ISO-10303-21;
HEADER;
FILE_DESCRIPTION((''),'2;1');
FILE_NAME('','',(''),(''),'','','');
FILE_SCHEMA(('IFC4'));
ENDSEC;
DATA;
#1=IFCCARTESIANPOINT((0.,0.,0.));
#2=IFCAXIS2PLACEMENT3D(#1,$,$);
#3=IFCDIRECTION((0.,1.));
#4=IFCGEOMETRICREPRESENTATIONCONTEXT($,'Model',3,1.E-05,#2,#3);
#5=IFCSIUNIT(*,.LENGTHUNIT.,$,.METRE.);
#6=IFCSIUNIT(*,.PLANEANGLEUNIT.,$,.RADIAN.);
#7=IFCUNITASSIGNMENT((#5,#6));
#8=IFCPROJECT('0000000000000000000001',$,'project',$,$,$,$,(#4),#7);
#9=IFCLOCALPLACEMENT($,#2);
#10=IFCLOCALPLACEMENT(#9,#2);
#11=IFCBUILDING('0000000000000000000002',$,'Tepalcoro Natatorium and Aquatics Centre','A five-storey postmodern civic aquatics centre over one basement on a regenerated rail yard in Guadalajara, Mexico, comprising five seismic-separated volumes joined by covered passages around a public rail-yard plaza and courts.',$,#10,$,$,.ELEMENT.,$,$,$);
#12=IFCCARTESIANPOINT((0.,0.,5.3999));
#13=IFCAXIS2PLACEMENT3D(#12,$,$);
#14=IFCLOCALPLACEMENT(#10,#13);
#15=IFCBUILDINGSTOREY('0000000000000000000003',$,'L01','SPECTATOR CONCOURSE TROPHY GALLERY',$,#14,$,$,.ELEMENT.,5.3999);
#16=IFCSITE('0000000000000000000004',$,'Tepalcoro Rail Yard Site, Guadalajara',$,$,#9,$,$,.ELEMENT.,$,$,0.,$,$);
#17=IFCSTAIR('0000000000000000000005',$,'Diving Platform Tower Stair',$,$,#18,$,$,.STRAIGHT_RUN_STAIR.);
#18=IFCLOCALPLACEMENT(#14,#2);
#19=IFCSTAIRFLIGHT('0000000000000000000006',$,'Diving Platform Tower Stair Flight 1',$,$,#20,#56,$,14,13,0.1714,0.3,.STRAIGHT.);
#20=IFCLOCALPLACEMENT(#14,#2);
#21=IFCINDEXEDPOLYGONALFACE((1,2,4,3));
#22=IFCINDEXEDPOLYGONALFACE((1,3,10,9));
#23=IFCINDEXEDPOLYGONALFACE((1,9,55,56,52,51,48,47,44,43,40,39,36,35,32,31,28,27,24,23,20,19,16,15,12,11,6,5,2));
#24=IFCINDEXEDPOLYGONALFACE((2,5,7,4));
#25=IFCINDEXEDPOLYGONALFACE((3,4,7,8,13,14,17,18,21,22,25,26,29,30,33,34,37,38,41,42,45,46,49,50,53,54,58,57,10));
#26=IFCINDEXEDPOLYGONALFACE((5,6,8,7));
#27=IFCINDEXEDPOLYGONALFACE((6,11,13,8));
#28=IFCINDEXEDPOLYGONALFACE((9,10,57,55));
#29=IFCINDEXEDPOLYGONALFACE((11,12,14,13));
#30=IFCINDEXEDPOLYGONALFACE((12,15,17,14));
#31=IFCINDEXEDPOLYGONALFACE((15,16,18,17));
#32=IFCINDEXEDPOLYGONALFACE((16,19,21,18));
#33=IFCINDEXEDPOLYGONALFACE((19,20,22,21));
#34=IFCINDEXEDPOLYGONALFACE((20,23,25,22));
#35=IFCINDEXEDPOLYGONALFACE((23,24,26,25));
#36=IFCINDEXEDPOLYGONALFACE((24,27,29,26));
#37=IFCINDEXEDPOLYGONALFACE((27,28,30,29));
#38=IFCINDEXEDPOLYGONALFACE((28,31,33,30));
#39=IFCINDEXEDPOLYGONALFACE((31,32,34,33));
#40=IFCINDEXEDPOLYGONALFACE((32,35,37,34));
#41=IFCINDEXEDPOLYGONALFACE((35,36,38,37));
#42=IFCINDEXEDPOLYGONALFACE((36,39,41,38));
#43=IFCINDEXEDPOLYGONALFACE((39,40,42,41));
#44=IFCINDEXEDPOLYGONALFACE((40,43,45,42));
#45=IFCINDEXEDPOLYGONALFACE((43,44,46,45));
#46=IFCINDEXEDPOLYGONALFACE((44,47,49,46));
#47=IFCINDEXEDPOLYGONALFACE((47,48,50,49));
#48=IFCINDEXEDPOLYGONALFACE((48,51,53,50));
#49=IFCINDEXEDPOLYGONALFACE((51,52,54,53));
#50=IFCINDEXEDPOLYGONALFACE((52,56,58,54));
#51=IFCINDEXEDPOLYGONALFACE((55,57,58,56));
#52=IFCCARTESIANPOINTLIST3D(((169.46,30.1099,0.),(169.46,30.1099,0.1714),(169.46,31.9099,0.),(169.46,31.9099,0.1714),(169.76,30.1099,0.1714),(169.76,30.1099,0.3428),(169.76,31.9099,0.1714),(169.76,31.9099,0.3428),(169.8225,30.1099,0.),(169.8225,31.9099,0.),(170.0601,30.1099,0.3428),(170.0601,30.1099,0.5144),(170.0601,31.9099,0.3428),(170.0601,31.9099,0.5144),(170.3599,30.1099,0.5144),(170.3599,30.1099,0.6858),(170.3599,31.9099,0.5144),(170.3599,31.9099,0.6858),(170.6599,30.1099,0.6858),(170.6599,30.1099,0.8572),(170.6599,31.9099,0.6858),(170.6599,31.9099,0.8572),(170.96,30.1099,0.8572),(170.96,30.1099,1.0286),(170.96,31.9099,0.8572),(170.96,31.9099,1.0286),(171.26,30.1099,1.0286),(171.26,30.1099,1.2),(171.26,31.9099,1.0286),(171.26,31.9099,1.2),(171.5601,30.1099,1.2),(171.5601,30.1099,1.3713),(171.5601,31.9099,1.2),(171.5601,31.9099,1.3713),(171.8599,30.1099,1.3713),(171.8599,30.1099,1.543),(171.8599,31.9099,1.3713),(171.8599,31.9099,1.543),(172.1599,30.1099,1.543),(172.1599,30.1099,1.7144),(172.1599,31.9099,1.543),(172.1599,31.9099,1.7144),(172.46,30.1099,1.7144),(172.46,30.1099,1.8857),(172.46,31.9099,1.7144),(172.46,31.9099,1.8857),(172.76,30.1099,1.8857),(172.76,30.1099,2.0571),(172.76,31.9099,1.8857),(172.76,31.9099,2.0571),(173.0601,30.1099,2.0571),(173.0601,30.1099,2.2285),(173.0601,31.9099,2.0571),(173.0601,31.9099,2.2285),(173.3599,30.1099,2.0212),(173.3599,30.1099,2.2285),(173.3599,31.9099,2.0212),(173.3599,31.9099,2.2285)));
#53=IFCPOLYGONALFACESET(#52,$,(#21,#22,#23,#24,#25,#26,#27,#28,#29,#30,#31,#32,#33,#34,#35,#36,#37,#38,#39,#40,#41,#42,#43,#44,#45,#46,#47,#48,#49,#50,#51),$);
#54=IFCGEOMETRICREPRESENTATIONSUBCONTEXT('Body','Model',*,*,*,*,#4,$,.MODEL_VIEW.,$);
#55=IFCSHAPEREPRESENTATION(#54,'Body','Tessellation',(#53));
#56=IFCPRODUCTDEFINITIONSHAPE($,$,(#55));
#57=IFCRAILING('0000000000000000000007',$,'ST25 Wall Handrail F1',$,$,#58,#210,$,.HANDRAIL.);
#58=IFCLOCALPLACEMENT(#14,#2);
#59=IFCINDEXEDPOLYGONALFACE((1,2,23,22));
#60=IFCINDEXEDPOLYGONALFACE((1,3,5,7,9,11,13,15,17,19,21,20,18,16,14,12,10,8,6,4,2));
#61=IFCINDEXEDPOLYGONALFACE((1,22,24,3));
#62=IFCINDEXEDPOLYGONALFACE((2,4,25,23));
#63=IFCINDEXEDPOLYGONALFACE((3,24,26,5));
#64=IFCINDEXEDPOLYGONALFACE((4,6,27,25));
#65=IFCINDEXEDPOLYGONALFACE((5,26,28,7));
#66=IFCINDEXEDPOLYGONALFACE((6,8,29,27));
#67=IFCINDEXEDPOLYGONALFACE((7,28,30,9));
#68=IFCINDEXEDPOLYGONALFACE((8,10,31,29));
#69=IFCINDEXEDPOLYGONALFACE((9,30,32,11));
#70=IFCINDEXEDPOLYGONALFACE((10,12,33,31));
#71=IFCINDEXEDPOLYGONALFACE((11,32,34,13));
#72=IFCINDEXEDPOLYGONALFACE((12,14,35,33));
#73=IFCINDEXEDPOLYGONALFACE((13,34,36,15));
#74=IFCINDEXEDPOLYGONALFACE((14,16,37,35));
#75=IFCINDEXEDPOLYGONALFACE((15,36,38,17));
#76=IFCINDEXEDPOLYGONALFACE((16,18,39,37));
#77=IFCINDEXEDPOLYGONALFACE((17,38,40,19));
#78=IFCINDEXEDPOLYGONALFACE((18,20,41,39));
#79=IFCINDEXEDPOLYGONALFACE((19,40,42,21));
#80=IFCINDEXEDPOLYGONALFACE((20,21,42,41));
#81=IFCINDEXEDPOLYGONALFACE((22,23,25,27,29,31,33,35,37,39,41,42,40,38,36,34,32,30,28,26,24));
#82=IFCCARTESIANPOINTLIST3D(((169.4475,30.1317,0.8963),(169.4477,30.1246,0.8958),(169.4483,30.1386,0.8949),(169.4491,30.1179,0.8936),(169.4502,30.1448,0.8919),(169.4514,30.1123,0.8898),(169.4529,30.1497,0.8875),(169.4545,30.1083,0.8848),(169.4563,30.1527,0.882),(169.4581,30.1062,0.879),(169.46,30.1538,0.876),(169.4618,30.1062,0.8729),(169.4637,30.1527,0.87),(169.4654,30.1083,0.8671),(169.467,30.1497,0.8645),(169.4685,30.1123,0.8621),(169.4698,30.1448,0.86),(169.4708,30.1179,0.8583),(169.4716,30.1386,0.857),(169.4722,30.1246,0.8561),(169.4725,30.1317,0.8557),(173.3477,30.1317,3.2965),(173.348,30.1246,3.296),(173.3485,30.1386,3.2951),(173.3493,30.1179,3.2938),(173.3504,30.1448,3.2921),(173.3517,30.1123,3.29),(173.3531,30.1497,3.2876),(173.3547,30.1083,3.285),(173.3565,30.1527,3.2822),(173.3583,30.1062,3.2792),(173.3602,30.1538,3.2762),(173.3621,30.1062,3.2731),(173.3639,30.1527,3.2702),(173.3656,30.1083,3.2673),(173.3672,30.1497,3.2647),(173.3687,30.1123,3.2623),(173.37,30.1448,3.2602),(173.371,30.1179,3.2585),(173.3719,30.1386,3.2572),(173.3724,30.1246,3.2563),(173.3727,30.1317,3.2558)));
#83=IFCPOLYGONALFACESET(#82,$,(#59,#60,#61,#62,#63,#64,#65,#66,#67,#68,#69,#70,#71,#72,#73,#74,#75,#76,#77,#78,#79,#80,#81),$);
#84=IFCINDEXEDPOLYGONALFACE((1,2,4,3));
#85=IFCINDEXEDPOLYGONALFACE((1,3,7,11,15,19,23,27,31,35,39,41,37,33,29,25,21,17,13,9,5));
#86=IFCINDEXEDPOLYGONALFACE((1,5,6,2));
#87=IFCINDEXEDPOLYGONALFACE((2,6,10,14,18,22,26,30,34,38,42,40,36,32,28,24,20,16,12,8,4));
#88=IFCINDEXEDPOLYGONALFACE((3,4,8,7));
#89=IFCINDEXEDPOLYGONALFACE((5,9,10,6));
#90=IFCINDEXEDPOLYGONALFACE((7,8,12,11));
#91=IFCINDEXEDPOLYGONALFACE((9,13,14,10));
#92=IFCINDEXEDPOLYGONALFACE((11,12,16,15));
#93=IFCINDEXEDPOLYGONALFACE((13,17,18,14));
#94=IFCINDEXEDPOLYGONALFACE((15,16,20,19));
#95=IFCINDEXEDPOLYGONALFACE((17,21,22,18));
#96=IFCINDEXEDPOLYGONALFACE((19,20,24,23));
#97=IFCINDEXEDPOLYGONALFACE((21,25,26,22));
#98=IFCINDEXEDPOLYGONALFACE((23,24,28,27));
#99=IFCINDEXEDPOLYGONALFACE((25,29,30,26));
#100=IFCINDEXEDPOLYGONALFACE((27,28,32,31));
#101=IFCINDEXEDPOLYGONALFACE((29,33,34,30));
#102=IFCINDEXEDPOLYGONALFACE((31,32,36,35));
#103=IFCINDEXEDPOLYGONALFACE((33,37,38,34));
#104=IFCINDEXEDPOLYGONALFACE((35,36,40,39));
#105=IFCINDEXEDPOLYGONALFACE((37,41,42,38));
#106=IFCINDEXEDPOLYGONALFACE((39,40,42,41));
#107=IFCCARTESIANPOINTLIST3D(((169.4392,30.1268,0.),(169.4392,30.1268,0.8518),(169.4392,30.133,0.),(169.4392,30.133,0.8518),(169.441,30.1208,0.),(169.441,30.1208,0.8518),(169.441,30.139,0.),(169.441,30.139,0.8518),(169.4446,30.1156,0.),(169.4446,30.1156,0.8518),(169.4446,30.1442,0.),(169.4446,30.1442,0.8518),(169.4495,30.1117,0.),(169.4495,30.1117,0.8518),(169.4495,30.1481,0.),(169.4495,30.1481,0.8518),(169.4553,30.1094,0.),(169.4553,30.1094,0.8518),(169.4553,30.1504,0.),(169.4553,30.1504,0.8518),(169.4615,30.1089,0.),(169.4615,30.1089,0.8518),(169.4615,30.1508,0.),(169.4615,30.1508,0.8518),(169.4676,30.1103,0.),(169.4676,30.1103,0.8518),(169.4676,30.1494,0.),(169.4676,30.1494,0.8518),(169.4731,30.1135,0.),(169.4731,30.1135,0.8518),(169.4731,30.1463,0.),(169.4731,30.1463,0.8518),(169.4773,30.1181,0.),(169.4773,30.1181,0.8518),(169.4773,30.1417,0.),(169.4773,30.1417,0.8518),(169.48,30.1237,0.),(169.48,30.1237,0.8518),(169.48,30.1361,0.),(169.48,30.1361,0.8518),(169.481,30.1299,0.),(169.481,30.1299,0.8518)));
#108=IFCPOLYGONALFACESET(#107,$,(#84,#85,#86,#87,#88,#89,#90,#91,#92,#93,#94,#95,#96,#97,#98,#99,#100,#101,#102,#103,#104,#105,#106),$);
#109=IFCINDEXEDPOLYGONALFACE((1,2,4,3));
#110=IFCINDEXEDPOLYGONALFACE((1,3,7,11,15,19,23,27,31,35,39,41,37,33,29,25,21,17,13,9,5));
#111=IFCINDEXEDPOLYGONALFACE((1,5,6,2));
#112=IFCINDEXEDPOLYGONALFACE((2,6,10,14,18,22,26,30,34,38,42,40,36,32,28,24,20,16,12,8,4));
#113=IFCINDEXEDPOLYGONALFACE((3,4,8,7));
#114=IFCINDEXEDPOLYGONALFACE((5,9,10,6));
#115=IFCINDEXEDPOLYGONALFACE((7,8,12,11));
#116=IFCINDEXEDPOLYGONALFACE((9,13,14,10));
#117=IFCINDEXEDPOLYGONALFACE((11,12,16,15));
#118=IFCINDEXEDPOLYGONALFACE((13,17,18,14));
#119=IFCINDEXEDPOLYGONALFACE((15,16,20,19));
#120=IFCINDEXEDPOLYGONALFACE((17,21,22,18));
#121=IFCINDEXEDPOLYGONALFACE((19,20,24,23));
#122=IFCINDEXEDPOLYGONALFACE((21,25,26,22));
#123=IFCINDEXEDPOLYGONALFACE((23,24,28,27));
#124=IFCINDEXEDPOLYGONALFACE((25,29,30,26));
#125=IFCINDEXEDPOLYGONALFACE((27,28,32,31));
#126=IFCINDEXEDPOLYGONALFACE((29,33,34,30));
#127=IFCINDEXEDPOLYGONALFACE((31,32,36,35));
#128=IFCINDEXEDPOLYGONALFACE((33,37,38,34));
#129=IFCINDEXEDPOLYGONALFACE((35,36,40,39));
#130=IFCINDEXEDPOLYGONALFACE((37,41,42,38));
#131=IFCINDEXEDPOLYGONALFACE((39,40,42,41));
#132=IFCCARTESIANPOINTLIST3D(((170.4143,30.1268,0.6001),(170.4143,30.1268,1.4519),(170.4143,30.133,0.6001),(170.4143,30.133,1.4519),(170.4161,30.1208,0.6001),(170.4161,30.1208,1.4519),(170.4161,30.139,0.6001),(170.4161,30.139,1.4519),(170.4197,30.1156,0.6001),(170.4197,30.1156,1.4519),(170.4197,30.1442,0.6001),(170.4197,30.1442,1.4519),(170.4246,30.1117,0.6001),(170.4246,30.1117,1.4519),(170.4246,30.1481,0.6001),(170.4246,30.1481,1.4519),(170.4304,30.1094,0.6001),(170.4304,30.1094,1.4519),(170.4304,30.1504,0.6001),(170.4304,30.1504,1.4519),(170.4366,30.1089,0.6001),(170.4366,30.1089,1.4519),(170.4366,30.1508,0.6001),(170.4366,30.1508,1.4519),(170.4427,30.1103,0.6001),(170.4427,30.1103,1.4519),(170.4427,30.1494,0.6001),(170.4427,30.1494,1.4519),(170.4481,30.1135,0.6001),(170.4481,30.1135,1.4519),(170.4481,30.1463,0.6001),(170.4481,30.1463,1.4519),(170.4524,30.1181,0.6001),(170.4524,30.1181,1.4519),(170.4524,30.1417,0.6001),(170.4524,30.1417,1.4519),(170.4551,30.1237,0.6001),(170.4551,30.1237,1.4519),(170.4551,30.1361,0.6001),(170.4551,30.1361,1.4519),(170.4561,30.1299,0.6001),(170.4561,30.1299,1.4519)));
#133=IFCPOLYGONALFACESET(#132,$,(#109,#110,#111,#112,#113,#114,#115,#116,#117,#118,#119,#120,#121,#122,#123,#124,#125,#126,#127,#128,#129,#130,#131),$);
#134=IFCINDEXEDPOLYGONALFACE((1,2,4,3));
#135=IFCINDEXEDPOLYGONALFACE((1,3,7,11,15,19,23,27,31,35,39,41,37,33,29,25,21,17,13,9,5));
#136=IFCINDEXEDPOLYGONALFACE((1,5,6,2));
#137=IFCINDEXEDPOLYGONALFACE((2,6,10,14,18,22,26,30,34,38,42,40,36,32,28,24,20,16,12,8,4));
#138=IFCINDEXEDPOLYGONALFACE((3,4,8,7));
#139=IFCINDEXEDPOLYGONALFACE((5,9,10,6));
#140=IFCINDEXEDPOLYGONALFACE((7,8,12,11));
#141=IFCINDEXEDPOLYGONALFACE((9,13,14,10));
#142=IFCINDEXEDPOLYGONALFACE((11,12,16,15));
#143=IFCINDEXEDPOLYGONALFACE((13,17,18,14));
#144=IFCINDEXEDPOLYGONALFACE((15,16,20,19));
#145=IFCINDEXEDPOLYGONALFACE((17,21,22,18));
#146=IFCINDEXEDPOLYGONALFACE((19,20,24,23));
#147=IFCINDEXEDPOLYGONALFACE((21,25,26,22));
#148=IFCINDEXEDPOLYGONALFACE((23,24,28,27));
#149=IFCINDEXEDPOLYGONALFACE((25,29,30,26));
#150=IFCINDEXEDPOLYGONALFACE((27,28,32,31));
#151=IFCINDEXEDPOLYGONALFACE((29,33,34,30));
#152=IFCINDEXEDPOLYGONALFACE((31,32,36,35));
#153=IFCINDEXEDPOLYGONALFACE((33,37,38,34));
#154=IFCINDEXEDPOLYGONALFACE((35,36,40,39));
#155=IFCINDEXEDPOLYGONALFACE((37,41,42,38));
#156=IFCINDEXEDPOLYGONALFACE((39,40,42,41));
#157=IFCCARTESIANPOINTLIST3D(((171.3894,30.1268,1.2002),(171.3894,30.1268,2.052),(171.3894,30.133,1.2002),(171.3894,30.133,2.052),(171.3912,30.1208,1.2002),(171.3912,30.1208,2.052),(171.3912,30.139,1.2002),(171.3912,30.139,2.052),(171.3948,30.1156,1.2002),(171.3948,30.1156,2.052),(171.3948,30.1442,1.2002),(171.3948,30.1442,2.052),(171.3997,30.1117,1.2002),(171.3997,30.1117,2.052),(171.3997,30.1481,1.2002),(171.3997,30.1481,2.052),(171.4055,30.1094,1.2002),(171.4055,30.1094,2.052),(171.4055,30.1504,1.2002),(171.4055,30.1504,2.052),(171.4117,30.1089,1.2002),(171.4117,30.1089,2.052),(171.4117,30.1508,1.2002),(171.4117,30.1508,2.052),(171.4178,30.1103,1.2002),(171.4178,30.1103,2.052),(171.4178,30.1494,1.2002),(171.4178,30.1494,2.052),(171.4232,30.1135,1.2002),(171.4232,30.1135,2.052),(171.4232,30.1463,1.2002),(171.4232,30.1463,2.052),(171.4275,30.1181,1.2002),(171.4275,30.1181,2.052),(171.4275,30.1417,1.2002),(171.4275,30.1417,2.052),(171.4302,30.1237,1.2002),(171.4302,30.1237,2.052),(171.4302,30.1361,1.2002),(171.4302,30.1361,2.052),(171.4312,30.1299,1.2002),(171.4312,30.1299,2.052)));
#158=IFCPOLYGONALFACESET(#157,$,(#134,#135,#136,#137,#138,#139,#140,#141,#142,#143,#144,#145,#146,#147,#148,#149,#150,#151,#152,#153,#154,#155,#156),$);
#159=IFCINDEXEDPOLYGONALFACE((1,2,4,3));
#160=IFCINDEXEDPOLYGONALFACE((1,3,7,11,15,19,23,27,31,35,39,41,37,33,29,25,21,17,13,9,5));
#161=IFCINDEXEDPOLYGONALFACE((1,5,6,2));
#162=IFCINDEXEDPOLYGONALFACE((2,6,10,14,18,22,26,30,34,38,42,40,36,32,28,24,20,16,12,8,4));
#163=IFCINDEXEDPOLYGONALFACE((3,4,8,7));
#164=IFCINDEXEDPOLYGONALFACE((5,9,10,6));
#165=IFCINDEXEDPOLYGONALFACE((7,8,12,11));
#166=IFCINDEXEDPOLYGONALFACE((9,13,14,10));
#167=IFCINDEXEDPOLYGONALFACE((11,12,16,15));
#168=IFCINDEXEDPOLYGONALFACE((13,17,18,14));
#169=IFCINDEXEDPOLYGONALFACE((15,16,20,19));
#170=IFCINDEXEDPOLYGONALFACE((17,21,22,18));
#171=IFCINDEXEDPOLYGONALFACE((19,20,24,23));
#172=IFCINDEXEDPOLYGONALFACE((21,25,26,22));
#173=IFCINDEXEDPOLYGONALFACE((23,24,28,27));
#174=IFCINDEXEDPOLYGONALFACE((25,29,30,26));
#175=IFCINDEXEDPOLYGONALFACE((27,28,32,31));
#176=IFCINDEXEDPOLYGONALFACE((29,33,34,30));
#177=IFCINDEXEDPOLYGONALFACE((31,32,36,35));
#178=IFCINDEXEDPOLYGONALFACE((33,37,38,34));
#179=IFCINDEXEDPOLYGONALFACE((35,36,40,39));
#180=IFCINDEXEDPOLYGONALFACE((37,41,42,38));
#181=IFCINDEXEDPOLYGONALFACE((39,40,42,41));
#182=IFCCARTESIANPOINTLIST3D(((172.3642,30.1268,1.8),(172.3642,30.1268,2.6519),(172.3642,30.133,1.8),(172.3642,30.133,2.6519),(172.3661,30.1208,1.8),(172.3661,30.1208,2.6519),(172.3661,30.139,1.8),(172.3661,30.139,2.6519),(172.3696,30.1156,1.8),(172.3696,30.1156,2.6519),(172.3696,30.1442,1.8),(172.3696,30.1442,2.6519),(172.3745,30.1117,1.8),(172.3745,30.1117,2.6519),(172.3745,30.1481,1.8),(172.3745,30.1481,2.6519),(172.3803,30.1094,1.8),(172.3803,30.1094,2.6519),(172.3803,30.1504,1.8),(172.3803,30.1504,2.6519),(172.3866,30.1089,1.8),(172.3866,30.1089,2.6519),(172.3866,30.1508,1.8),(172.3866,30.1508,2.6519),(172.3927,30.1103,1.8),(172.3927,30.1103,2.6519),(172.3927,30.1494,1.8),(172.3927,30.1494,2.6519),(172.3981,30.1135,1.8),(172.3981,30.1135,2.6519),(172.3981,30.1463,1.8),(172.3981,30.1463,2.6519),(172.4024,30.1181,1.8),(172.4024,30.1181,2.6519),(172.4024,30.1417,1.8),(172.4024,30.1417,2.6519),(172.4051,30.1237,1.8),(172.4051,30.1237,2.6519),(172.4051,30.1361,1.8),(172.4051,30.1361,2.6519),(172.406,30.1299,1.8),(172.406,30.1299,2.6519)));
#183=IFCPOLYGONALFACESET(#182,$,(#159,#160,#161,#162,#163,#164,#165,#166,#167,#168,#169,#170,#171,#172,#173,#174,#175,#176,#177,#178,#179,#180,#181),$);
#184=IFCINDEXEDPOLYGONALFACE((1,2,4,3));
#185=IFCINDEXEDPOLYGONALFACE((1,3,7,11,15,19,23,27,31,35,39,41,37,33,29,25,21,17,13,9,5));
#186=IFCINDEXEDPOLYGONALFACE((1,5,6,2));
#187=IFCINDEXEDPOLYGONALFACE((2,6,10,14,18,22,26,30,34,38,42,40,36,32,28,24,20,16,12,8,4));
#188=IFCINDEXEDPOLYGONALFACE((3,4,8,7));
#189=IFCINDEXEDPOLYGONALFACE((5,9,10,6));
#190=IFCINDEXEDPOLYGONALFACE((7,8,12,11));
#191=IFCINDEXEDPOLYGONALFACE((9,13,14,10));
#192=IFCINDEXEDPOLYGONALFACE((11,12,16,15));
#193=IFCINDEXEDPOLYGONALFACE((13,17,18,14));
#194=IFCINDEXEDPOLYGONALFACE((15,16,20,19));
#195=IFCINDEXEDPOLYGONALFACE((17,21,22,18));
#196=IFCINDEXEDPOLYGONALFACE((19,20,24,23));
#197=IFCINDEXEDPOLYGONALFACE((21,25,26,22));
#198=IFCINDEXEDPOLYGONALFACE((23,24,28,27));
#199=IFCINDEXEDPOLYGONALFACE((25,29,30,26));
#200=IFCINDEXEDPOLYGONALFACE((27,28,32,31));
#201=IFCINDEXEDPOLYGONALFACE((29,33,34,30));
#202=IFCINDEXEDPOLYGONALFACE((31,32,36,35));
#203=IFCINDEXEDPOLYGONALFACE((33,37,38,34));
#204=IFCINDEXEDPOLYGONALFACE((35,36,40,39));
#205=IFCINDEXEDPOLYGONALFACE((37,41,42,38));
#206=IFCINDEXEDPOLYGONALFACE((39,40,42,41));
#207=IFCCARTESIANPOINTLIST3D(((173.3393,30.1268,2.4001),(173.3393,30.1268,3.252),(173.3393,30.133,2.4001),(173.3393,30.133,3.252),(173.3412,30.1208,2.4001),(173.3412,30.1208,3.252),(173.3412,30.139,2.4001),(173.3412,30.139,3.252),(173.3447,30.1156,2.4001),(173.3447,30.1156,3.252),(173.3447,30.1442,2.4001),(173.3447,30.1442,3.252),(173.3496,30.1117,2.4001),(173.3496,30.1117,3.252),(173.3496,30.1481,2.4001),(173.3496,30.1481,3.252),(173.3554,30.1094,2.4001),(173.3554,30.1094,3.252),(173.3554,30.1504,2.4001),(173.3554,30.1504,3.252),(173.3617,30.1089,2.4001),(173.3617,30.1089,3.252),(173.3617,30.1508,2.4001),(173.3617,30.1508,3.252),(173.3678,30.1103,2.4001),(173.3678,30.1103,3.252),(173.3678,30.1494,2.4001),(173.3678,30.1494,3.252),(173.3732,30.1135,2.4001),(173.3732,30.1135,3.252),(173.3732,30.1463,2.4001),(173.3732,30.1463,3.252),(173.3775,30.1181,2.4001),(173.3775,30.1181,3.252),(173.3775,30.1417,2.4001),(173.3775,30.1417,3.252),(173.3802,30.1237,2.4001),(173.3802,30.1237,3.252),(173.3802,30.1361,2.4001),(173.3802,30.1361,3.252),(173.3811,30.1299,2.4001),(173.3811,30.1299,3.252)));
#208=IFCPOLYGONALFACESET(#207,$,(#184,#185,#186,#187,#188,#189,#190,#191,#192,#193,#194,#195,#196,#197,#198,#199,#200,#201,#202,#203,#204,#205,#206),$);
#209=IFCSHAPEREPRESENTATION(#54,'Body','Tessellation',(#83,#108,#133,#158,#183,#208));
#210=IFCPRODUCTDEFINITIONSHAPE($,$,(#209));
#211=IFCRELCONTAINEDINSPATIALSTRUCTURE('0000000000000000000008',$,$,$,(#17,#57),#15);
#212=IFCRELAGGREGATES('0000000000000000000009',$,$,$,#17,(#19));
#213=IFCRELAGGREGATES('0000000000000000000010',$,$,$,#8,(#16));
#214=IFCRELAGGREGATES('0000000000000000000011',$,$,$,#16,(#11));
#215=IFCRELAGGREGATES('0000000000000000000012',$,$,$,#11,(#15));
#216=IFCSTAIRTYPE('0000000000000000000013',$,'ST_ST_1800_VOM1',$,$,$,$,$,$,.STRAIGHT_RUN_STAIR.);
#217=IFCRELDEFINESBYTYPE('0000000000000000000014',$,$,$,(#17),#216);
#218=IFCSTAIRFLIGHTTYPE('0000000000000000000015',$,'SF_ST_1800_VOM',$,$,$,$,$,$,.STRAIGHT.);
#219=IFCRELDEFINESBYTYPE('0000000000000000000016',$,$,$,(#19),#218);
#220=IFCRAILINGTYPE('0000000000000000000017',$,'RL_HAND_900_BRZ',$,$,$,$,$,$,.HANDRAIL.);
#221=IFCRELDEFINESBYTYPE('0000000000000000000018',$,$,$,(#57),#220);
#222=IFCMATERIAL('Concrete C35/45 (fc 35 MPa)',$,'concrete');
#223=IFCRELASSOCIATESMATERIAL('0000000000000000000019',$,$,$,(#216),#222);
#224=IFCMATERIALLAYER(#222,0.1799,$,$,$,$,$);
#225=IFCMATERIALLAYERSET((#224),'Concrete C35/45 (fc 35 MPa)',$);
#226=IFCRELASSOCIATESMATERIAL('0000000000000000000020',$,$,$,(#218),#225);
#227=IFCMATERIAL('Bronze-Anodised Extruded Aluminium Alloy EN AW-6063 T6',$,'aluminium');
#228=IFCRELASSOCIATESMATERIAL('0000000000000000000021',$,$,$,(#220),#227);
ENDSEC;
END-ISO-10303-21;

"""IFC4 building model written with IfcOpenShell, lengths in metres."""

from ifc_helpers import new_model, si_unit, direction, frame, origin, origin_2d, place, context, subcontext, project, spatial, polyline, circle, outline, extrude, material, layer, layer_set, type_object, element, aggregate, save


model = new_model("IFC4")

# Units and contexts
model_context = context("Model", 3, precision=1e-05, world=origin(), true_north=direction((0.0, 1.0)))
body_context = subcontext(model_context, "Body", "Model", "MODEL_VIEW")
ifc_project = project(units=[si_unit("LENGTHUNIT", "METRE"), si_unit("PLANEANGLEUNIT", "RADIAN")], contexts=[model_context])

# Site, building, storey
site_placement = place(None, origin())
site = spatial("IfcSite", under=ifc_project, at=site_placement, Name="Tepalcoro Rail Yard Site, Guadalajara", CompositionType="ELEMENT", RefElevation=0.0)
building_placement = place(site_placement, origin())
building = spatial("IfcBuilding", under=site, at=building_placement, Name="Tepalcoro Natatorium and Aquatics Centre", Description="A five-storey postmodern civic aquatics centre over one basement on a regenerated rail yard in Guadalajara, Mexico, comprising five seismic-separated volumes joined by covered passages around a public rail-yard plaza and courts.", CompositionType="ELEMENT")
storey_placement = place(building_placement, frame((0.0, 0.0, 5.3999)))
storey = spatial("IfcBuildingStorey", under=building, at=storey_placement, Name="L01", Description="SPECTATOR CONCOURSE TROPHY GALLERY", CompositionType="ELEMENT", Elevation=5.3999)

# Shared definitions
ifc_material_1 = material(Name="Bronze-Anodised Extruded Aluminium Alloy EN AW-6063 T6", Category="aluminium")

# Stair, stair flight
ifc_material_2 = material(Name="Concrete C35/45 (fc 35 MPa)", Category="concrete")
stair_type = type_object("IfcStairType", Name="ST_ST_1800_VOM1", PredefinedType="STRAIGHT_RUN_STAIR", material=ifc_material_2)
stair_placement = place(storey_placement, origin())
stair = element("IfcStair", 1, at=stair_placement, inside=storey, type_object=stair_type, Name="Diving Platform Tower Stair", PredefinedType="STRAIGHT_RUN_STAIR")
ifc_layer_1 = layer(ifc_material_2, 0.1799)
ifc_layer_set_1 = layer_set([ifc_layer_1], Name="Concrete C35/45 (fc 35 MPa)")
stair_flight_type = type_object("IfcStairFlightType", Name="SF_ST_1800_VOM", PredefinedType="STRAIGHT", material=ifc_layer_set_1)
stair_flight_placement = place(storey_placement, frame((169.46, 31.01, 0.0), z_axis=(0.0, 0.0, 1.0), x_axis=(1.0, 0.0, 0.0)))
stair_flight = element("IfcStairFlight", 2, at=stair_flight_placement, type_object=stair_flight_type, Name="Diving Platform Tower Stair Flight 1", NumberOfRisers=14, NumberOfTreads=13, PredefinedType="STRAIGHT", RiserHeight=0.1714, TreadLength=0.3, context=body_context, shape_type="SweptSolid", body=[
    extrude(outline(polyline([(0.0, 0.0), (0.0, 0.1714), (0.3, 0.1714), (0.3, 0.3428), (0.6001, 0.3428), (0.6001, 0.5144), (0.8999, 0.5144), (0.8999, 0.6858), (1.2, 0.6858), (1.2, 0.8572), (1.5, 0.8572), (1.5, 1.0286), (1.8, 1.0286), (1.8, 1.2), (2.1001, 1.2), (2.1001, 1.3713), (2.3999, 1.3713), (2.3999, 1.543), (2.7, 1.543), (2.7, 1.7144), (3.0, 1.7144), (3.0, 1.8857), (3.3, 1.8857), (3.3, 2.0571), (3.6001, 2.0571), (3.6001, 2.2285), (3.8999, 2.2285), (3.8999, 2.3999), (3.8999, 2.0212), (0.3625, 0.0), (0.0, 0.0)])), frame((0.0, 0.8999, 0.0), z_axis=(0.0, -1.0, 0.0), x_axis=(1.0, 0.0, 0.0)), (0.0, 0.0, 1.0), 1.8),
])
aggregate(stair, [stair_flight])

# Railing
railing_type_1 = type_object("IfcRailingType", Name="RL_HAND_900_BRZ", PredefinedType="HANDRAIL", material=ifc_material_1)
railing_1_placement = place(storey_placement, frame((169.46, 30.1299, 0.0)))
element("IfcRailing", 3, at=railing_1_placement, inside=storey, type_object=railing_type_1, Name="ST25 Wall Handrail F1", PredefinedType="HANDRAIL", context=body_context, shape_type="SweptSolid", body=[
    extrude(circle(Radius=0.0239, at=origin_2d()), frame((0.0, 0.0, 0.876), z_axis=(0.851653, 0.0, 0.524106), x_axis=(0.0, 1.0, 0.0)), (0.0, 0.0, 1.0), 4.5796),
    extrude(circle(Radius=0.021, at=origin_2d()), origin(), (0.0, 0.0, 1.0), 0.8518),
    extrude(circle(Radius=0.021, at=origin_2d()), frame((0.9751, 0.0, 0.6001)), (0.0, 0.0, 1.0), 0.8518),
    extrude(circle(Radius=0.021, at=origin_2d()), frame((1.9502, 0.0, 1.2002)), (0.0, 0.0, 1.0), 0.8518),
    extrude(circle(Radius=0.021, at=origin_2d()), frame((2.925, 0.0, 1.8)), (0.0, 0.0, 1.0), 0.8518),
    extrude(circle(Radius=0.021, at=origin_2d()), frame((3.9001, 0.0, 2.4001)), (0.0, 0.0, 1.0), 0.8518),
])

save(model, "model.ifc")
